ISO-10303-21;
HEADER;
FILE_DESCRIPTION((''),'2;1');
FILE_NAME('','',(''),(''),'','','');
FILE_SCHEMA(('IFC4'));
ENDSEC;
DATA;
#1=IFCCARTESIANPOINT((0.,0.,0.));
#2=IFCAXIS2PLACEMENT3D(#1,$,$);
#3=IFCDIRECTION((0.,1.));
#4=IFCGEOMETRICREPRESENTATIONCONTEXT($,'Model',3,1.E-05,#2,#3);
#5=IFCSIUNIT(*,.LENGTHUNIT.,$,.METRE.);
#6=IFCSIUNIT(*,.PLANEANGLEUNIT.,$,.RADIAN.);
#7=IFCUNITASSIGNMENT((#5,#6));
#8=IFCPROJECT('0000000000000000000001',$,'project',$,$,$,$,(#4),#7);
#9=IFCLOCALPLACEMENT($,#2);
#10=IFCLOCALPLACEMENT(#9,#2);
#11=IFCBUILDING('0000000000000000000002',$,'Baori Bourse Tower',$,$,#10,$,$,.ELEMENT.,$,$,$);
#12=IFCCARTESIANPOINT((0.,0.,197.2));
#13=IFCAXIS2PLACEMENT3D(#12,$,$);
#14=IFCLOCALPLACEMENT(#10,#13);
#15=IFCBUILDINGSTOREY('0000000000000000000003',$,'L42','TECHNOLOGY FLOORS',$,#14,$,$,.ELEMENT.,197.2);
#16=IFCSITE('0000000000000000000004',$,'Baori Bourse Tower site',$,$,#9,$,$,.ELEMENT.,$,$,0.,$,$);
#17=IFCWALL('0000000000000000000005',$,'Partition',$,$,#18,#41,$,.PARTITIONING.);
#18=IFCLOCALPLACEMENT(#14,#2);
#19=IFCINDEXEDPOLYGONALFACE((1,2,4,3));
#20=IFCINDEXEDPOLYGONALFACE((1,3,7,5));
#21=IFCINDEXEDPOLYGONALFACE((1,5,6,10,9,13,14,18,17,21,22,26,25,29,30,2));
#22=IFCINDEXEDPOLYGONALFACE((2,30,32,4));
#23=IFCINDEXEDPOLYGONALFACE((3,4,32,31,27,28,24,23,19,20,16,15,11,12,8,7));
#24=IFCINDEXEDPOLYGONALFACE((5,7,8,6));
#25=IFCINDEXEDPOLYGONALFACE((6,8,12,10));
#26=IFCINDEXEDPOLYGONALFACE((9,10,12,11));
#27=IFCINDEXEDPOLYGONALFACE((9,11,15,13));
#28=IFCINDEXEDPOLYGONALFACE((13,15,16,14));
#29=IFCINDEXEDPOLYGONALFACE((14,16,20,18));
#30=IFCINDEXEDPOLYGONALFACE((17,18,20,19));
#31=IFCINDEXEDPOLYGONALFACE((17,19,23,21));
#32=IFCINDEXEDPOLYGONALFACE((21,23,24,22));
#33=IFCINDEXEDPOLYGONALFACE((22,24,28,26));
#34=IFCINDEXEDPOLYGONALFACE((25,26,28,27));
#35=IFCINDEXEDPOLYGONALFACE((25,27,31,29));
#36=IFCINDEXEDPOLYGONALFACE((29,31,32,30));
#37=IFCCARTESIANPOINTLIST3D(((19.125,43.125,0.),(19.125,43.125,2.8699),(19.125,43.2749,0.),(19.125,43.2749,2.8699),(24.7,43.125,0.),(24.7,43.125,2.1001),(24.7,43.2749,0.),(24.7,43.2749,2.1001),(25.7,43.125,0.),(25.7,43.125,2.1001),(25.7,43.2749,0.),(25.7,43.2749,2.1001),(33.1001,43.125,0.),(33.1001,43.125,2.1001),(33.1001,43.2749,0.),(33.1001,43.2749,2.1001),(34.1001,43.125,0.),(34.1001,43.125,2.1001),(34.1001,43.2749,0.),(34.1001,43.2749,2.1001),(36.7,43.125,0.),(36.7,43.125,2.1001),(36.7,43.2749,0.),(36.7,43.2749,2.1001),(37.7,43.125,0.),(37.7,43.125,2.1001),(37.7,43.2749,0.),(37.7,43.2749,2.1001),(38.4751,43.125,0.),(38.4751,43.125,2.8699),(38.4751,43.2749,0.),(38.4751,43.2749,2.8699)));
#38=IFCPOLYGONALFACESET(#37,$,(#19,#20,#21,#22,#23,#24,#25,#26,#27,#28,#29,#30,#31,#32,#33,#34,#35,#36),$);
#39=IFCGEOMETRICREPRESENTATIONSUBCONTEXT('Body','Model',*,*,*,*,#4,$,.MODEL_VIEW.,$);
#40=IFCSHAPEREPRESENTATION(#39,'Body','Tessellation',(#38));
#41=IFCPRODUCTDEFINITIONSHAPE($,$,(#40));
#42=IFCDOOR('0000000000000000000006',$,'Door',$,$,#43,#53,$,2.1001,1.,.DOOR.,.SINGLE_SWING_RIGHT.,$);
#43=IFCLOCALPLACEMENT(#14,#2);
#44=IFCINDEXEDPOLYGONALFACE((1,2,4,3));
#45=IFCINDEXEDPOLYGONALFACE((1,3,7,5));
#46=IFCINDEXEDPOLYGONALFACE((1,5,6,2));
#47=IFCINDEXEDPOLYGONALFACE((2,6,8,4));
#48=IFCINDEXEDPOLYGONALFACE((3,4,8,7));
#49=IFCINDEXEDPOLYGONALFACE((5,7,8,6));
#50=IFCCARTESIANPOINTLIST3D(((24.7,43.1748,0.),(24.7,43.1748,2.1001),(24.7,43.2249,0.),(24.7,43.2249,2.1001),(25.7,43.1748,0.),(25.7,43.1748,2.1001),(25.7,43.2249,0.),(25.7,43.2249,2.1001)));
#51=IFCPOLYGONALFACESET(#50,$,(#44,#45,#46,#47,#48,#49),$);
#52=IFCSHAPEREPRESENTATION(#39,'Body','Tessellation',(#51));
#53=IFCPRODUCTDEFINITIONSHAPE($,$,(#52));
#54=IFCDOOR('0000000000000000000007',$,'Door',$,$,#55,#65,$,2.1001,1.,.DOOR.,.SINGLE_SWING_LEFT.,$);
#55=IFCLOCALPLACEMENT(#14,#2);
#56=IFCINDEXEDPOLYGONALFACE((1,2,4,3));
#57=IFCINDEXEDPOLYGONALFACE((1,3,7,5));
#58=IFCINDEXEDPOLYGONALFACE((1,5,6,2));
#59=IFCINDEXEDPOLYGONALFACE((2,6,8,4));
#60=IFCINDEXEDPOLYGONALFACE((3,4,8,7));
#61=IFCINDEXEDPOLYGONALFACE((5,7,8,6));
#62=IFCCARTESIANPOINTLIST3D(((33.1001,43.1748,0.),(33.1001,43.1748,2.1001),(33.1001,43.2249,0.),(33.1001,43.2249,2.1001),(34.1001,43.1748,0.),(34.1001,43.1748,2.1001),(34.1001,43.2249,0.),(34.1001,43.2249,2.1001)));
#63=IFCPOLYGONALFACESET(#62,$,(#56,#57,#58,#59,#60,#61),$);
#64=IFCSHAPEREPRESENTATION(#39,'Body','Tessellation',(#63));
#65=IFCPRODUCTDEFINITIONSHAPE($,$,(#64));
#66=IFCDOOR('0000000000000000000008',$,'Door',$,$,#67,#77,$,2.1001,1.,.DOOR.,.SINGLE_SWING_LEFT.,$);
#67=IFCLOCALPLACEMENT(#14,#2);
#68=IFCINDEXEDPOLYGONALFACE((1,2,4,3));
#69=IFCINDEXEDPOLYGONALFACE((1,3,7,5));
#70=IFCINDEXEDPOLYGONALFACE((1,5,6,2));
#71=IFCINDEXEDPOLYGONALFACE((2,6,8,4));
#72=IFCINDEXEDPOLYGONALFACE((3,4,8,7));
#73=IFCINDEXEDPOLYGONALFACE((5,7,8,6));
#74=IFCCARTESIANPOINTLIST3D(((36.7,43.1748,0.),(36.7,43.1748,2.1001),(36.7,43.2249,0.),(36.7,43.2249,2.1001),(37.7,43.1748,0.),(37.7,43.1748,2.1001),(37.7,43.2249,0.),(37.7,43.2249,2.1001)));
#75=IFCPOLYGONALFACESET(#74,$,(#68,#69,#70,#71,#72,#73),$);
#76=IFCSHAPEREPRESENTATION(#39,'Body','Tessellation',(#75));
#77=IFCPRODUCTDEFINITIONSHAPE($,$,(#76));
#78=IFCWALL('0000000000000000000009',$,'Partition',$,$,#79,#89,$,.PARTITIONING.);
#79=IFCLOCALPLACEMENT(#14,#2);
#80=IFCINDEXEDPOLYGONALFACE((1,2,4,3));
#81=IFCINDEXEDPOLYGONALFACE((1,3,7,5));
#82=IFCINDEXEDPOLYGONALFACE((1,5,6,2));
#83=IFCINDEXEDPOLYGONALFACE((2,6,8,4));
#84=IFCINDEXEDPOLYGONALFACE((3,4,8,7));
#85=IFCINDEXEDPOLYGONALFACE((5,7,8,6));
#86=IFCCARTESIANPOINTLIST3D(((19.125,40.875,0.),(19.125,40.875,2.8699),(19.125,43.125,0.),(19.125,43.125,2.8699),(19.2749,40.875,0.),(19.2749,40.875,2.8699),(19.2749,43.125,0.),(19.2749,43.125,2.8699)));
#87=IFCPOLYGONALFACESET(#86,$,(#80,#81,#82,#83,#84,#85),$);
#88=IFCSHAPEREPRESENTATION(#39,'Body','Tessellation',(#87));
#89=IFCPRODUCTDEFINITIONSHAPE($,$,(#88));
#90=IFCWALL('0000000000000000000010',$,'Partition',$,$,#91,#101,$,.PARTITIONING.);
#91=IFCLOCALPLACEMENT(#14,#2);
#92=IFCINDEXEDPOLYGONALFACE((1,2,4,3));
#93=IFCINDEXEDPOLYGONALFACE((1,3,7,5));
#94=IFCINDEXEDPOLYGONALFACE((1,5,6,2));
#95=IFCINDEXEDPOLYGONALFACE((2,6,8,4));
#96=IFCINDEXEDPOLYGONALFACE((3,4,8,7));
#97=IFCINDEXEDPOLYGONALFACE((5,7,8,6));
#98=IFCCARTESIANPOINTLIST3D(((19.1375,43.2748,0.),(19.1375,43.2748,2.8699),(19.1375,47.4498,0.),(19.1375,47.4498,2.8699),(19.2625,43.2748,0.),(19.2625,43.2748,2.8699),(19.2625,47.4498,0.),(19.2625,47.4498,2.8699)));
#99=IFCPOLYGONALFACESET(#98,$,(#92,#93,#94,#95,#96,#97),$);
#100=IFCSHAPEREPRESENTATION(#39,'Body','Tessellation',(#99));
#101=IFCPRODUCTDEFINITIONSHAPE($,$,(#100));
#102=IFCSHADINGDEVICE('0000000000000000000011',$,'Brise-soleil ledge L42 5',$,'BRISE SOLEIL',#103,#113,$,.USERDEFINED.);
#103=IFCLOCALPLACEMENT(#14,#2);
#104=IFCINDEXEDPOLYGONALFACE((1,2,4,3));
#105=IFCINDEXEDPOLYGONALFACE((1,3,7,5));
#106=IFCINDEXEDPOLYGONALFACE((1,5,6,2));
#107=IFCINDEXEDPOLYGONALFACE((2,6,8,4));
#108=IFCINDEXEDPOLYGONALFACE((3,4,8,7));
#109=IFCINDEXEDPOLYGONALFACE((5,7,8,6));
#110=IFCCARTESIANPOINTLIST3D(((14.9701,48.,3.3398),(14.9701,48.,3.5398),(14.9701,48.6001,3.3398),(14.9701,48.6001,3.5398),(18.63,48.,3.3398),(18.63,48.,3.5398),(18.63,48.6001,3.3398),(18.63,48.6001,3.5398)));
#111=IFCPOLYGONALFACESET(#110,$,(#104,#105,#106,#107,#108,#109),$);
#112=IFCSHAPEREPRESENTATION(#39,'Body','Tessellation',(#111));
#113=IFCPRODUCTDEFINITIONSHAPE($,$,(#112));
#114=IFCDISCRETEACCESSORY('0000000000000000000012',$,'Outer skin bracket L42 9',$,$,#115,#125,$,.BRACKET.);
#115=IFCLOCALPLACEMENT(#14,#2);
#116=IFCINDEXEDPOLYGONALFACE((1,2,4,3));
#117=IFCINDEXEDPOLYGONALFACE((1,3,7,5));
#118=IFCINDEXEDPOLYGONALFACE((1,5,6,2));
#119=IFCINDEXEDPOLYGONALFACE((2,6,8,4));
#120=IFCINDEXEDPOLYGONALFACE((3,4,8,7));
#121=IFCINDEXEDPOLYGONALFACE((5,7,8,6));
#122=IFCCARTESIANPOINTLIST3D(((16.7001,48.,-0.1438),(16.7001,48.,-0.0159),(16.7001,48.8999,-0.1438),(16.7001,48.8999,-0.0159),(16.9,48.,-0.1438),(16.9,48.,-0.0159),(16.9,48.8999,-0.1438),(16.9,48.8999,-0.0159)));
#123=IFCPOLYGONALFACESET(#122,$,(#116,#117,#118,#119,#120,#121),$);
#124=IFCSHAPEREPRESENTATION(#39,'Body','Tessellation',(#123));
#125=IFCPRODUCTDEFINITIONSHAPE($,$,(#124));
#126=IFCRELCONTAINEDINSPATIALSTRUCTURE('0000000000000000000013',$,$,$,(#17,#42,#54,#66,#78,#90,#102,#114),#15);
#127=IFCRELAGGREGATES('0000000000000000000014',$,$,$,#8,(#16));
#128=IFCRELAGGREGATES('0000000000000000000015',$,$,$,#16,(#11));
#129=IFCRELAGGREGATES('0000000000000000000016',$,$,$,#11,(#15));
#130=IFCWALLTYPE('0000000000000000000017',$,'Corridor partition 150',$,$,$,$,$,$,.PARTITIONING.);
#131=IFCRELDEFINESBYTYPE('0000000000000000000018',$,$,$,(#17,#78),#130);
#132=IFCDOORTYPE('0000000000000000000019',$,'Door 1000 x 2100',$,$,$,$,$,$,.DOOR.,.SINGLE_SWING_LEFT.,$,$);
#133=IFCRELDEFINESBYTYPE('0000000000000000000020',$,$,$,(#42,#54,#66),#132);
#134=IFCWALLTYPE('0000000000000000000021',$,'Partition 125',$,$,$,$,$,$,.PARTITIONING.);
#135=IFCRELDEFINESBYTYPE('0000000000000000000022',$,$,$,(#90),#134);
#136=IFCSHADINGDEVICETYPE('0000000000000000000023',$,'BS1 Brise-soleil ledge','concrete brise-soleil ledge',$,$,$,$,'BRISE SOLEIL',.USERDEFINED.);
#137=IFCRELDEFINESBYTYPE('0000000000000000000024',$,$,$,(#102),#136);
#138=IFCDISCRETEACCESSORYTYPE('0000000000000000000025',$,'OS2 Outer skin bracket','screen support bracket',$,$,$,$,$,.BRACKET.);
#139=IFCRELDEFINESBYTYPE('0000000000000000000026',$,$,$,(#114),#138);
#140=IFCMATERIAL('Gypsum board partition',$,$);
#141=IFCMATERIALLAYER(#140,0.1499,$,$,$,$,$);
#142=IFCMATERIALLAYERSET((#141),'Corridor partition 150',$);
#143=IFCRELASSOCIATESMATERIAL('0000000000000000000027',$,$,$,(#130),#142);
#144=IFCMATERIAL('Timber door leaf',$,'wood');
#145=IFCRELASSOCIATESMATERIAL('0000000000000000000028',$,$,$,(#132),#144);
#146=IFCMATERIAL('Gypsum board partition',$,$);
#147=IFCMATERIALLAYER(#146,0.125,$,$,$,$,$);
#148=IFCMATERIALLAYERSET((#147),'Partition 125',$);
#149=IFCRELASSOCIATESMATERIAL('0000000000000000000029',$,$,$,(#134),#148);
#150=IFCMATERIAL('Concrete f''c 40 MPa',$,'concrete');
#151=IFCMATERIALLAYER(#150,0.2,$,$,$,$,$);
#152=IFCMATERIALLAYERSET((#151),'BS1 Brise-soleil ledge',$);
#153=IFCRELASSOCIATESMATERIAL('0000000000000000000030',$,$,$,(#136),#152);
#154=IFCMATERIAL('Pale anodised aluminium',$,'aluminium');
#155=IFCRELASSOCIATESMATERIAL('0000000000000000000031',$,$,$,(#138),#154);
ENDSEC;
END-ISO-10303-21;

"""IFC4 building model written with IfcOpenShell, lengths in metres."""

from ifc_helpers import new_model, si_unit, direction, frame, frame_2d, origin, origin_2d, place, context, subcontext, project, spatial, rectangle, extrude, material, layer, layer_set, type_object, element, fill, save


model = new_model("IFC4")

# Units and contexts
model_context = context("Model", 3, precision=1e-05, world=origin(), true_north=direction((0.0, 1.0)))
body_context = subcontext(model_context, "Body", "Model", "MODEL_VIEW")
ifc_project = project(units=[si_unit("LENGTHUNIT", "METRE"), si_unit("PLANEANGLEUNIT", "RADIAN")], contexts=[model_context])

# Site, building, storey
site_placement = place(None, origin())
site = spatial("IfcSite", under=ifc_project, at=site_placement, Name="Baori Bourse Tower site", CompositionType="ELEMENT", RefElevation=0.0)
building_placement = place(site_placement, origin())
building = spatial("IfcBuilding", under=site, at=building_placement, Name="Baori Bourse Tower", CompositionType="ELEMENT")
storey_placement = place(building_placement, frame((0.0, 0.0, 197.2)))
storey = spatial("IfcBuildingStorey", under=building, at=storey_placement, Name="L42", Description="TECHNOLOGY FLOORS", CompositionType="ELEMENT", Elevation=197.2)

# Shared definitions
ifc_material_1 = material(Name="Gypsum board partition")
ifc_layer_1 = layer(ifc_material_1, 0.1499)
ifc_layer_set_1 = layer_set([ifc_layer_1], Name="Corridor partition 150")
wall_type_1 = type_object("IfcWallType", Name="Corridor partition 150", PredefinedType="PARTITIONING", material=ifc_layer_set_1)

# Wall, openings, doors
wall_1_placement = place(storey_placement, frame((19.125, 43.2, 0.0), z_axis=(0.0, 0.0, 1.0), x_axis=(1.0, 0.0, 0.0)))
wall_1 = element("IfcWall", 1, at=wall_1_placement, inside=storey, type_object=wall_type_1, Name="Partition", PredefinedType="PARTITIONING", context=body_context, shape_type="SweptSolid", body=[
    extrude(rectangle(XDim=19.3501, YDim=0.1499, at=frame_2d((9.675, 0.0))), origin(), (0.0, 0.0, 1.0), 2.8699),
])
opening_1_placement = place(wall_1_placement, frame((5.575, 0.0, 0.0)))
opening_1 = element("IfcOpeningElement", 2, at=opening_1_placement, cuts=wall_1, PredefinedType="OPENING", context=body_context, shape_type="SweptSolid", body=[
    extrude(rectangle(XDim=1.0, YDim=2.1001, at=frame_2d((0.5, 1.05))), frame((0.0, 0.085, 0.0), z_axis=(0.0, -1.0, 0.0), x_axis=(1.0, 0.0, 0.0)), (0.0, 0.0, 1.0), 0.1699),
])
opening_2_placement = place(wall_1_placement, frame((13.9751, 0.0, 0.0)))
opening_2 = element("IfcOpeningElement", 3, at=opening_2_placement, cuts=wall_1, PredefinedType="OPENING", context=body_context, shape_type="SweptSolid", body=[
    extrude(rectangle(XDim=1.0, YDim=2.1001, at=frame_2d((0.5, 1.05))), frame((0.0, 0.085, 0.0), z_axis=(0.0, -1.0, 0.0), x_axis=(1.0, 0.0, 0.0)), (0.0, 0.0, 1.0), 0.1699),
])
opening_3_placement = place(wall_1_placement, frame((17.575, 0.0, 0.0)))
opening_3 = element("IfcOpeningElement", 4, at=opening_3_placement, cuts=wall_1, PredefinedType="OPENING", context=body_context, shape_type="SweptSolid", body=[
    extrude(rectangle(XDim=1.0, YDim=2.1001, at=frame_2d((0.5, 1.05))), frame((0.0, 0.085, 0.0), z_axis=(0.0, -1.0, 0.0), x_axis=(1.0, 0.0, 0.0)), (0.0, 0.0, 1.0), 0.1699),
])
ifc_material_2 = material(Name="Timber door leaf", Category="wood")
door_type_1 = type_object("IfcDoorType", Name="Door 1000 x 2100", OperationType="SINGLE_SWING_LEFT", PredefinedType="DOOR", material=ifc_material_2)
door_1_placement = place(opening_1_placement, origin())
door_1 = element("IfcDoor", 5, at=door_1_placement, inside=storey, type_object=door_type_1, Name="Door", OperationType="SINGLE_SWING_RIGHT", OverallHeight=2.1001, OverallWidth=1.0, PredefinedType="DOOR", context=body_context, shape_type="SweptSolid", body=[
    extrude(rectangle(XDim=1.0, YDim=2.1001, at=frame_2d((0.5, 1.05))), frame((0.0, 0.0249, 0.0), z_axis=(0.0, -1.0, 0.0), x_axis=(1.0, 0.0, 0.0)), (0.0, 0.0, 1.0), 0.05),
])
fill(opening_1, door_1)
door_2_placement = place(opening_2_placement, origin())
door_2 = element("IfcDoor", 6, at=door_2_placement, inside=storey, type_object=door_type_1, Name="Door", OperationType="SINGLE_SWING_LEFT", OverallHeight=2.1001, OverallWidth=1.0, PredefinedType="DOOR", context=body_context, shape_type="SweptSolid", body=[
    extrude(rectangle(XDim=1.0, YDim=2.1001, at=frame_2d((0.5, 1.05))), frame((0.0, 0.0249, 0.0), z_axis=(0.0, -1.0, 0.0), x_axis=(1.0, 0.0, 0.0)), (0.0, 0.0, 1.0), 0.05),
])
fill(opening_2, door_2)
door_3_placement = place(opening_3_placement, origin())
door_3 = element("IfcDoor", 7, at=door_3_placement, inside=storey, type_object=door_type_1, Name="Door", OperationType="SINGLE_SWING_LEFT", OverallHeight=2.1001, OverallWidth=1.0, PredefinedType="DOOR", context=body_context, shape_type="SweptSolid", body=[
    extrude(rectangle(XDim=1.0, YDim=2.1001, at=frame_2d((0.5, 1.05))), frame((0.0, 0.0249, 0.0), z_axis=(0.0, -1.0, 0.0), x_axis=(1.0, 0.0, 0.0)), (0.0, 0.0, 1.0), 0.05),
])
fill(opening_3, door_3)

# Walls
wall_2_placement = place(storey_placement, frame((19.2, 40.875, 0.0), z_axis=(0.0, 0.0, 1.0), x_axis=(0.0, 1.0, 0.0)))
element("IfcWall", 8, at=wall_2_placement, inside=storey, type_object=wall_type_1, Name="Partition", PredefinedType="PARTITIONING", context=body_context, shape_type="SweptSolid", body=[
    extrude(rectangle(XDim=2.25, YDim=0.1499, at=frame_2d((1.125, 0.0))), origin(), (0.0, 0.0, 1.0), 2.8699),
])
ifc_material_3 = material(Name="Gypsum board partition")
ifc_layer_2 = layer(ifc_material_3, 0.125)
ifc_layer_set_2 = layer_set([ifc_layer_2], Name="Partition 125")
wall_type_2 = type_object("IfcWallType", Name="Partition 125", PredefinedType="PARTITIONING", material=ifc_layer_set_2)
wall_3_placement = place(storey_placement, frame((19.2, 43.2749, 0.0), z_axis=(0.0, 0.0, 1.0), x_axis=(0.0, 1.0, 0.0)))
element("IfcWall", 9, at=wall_3_placement, inside=storey, type_object=wall_type_2, Name="Partition", PredefinedType="PARTITIONING", context=body_context, shape_type="SweptSolid", body=[
    extrude(rectangle(XDim=4.175, YDim=0.125, at=frame_2d((2.0874, 0.0))), origin(), (0.0, 0.0, 1.0), 2.8699),
])

# Shading device
ifc_material_4 = material(Name="Concrete f'c 40 MPa", Category="concrete")
ifc_layer_3 = layer(ifc_material_4, 0.2)
ifc_layer_set_3 = layer_set([ifc_layer_3], Name="BS1 Brise-soleil ledge")
shading_device_type = type_object("IfcShadingDeviceType", Name="BS1 Brise-soleil ledge", Description="concrete brise-soleil ledge", ElementType="BRISE SOLEIL", PredefinedType="USERDEFINED", material=ifc_layer_set_3)
shading_device_placement = place(storey_placement, frame((16.8, 48.3, 3.3398), z_axis=(0.0, 0.0, 1.0), x_axis=(-1.0, 0.0, 0.0)))
element("IfcShadingDevice", 10, at=shading_device_placement, inside=storey, type_object=shading_device_type, Name="Brise-soleil ledge L42 5", ObjectType="BRISE SOLEIL", PredefinedType="USERDEFINED", context=body_context, shape_type="SweptSolid", body=[
    extrude(rectangle(XDim=3.6599, YDim=0.6001, at=origin_2d()), origin(), (0.0, 0.0, 1.0), 0.2),
])

# Discrete accessory
ifc_material_5 = material(Name="Pale anodised aluminium", Category="aluminium")
discrete_accessory_type = type_object("IfcDiscreteAccessoryType", Name="OS2 Outer skin bracket", Description="screen support bracket", PredefinedType="BRACKET", material=ifc_material_5)
discrete_accessory_placement = place(storey_placement, frame((16.8, 48.45, -0.1438), z_axis=(0.0, 0.0, 1.0), x_axis=(-1.0, 0.0, 0.0)))
element("IfcDiscreteAccessory", 11, at=discrete_accessory_placement, inside=storey, type_object=discrete_accessory_type, Name="Outer skin bracket L42 9", PredefinedType="BRACKET", context=body_context, shape_type="SweptSolid", body=[
    extrude(rectangle(XDim=0.2, YDim=0.8999, at=origin_2d()), origin(), (0.0, 0.0, 1.0), 0.1279),
])

save(model, "model.ifc")
